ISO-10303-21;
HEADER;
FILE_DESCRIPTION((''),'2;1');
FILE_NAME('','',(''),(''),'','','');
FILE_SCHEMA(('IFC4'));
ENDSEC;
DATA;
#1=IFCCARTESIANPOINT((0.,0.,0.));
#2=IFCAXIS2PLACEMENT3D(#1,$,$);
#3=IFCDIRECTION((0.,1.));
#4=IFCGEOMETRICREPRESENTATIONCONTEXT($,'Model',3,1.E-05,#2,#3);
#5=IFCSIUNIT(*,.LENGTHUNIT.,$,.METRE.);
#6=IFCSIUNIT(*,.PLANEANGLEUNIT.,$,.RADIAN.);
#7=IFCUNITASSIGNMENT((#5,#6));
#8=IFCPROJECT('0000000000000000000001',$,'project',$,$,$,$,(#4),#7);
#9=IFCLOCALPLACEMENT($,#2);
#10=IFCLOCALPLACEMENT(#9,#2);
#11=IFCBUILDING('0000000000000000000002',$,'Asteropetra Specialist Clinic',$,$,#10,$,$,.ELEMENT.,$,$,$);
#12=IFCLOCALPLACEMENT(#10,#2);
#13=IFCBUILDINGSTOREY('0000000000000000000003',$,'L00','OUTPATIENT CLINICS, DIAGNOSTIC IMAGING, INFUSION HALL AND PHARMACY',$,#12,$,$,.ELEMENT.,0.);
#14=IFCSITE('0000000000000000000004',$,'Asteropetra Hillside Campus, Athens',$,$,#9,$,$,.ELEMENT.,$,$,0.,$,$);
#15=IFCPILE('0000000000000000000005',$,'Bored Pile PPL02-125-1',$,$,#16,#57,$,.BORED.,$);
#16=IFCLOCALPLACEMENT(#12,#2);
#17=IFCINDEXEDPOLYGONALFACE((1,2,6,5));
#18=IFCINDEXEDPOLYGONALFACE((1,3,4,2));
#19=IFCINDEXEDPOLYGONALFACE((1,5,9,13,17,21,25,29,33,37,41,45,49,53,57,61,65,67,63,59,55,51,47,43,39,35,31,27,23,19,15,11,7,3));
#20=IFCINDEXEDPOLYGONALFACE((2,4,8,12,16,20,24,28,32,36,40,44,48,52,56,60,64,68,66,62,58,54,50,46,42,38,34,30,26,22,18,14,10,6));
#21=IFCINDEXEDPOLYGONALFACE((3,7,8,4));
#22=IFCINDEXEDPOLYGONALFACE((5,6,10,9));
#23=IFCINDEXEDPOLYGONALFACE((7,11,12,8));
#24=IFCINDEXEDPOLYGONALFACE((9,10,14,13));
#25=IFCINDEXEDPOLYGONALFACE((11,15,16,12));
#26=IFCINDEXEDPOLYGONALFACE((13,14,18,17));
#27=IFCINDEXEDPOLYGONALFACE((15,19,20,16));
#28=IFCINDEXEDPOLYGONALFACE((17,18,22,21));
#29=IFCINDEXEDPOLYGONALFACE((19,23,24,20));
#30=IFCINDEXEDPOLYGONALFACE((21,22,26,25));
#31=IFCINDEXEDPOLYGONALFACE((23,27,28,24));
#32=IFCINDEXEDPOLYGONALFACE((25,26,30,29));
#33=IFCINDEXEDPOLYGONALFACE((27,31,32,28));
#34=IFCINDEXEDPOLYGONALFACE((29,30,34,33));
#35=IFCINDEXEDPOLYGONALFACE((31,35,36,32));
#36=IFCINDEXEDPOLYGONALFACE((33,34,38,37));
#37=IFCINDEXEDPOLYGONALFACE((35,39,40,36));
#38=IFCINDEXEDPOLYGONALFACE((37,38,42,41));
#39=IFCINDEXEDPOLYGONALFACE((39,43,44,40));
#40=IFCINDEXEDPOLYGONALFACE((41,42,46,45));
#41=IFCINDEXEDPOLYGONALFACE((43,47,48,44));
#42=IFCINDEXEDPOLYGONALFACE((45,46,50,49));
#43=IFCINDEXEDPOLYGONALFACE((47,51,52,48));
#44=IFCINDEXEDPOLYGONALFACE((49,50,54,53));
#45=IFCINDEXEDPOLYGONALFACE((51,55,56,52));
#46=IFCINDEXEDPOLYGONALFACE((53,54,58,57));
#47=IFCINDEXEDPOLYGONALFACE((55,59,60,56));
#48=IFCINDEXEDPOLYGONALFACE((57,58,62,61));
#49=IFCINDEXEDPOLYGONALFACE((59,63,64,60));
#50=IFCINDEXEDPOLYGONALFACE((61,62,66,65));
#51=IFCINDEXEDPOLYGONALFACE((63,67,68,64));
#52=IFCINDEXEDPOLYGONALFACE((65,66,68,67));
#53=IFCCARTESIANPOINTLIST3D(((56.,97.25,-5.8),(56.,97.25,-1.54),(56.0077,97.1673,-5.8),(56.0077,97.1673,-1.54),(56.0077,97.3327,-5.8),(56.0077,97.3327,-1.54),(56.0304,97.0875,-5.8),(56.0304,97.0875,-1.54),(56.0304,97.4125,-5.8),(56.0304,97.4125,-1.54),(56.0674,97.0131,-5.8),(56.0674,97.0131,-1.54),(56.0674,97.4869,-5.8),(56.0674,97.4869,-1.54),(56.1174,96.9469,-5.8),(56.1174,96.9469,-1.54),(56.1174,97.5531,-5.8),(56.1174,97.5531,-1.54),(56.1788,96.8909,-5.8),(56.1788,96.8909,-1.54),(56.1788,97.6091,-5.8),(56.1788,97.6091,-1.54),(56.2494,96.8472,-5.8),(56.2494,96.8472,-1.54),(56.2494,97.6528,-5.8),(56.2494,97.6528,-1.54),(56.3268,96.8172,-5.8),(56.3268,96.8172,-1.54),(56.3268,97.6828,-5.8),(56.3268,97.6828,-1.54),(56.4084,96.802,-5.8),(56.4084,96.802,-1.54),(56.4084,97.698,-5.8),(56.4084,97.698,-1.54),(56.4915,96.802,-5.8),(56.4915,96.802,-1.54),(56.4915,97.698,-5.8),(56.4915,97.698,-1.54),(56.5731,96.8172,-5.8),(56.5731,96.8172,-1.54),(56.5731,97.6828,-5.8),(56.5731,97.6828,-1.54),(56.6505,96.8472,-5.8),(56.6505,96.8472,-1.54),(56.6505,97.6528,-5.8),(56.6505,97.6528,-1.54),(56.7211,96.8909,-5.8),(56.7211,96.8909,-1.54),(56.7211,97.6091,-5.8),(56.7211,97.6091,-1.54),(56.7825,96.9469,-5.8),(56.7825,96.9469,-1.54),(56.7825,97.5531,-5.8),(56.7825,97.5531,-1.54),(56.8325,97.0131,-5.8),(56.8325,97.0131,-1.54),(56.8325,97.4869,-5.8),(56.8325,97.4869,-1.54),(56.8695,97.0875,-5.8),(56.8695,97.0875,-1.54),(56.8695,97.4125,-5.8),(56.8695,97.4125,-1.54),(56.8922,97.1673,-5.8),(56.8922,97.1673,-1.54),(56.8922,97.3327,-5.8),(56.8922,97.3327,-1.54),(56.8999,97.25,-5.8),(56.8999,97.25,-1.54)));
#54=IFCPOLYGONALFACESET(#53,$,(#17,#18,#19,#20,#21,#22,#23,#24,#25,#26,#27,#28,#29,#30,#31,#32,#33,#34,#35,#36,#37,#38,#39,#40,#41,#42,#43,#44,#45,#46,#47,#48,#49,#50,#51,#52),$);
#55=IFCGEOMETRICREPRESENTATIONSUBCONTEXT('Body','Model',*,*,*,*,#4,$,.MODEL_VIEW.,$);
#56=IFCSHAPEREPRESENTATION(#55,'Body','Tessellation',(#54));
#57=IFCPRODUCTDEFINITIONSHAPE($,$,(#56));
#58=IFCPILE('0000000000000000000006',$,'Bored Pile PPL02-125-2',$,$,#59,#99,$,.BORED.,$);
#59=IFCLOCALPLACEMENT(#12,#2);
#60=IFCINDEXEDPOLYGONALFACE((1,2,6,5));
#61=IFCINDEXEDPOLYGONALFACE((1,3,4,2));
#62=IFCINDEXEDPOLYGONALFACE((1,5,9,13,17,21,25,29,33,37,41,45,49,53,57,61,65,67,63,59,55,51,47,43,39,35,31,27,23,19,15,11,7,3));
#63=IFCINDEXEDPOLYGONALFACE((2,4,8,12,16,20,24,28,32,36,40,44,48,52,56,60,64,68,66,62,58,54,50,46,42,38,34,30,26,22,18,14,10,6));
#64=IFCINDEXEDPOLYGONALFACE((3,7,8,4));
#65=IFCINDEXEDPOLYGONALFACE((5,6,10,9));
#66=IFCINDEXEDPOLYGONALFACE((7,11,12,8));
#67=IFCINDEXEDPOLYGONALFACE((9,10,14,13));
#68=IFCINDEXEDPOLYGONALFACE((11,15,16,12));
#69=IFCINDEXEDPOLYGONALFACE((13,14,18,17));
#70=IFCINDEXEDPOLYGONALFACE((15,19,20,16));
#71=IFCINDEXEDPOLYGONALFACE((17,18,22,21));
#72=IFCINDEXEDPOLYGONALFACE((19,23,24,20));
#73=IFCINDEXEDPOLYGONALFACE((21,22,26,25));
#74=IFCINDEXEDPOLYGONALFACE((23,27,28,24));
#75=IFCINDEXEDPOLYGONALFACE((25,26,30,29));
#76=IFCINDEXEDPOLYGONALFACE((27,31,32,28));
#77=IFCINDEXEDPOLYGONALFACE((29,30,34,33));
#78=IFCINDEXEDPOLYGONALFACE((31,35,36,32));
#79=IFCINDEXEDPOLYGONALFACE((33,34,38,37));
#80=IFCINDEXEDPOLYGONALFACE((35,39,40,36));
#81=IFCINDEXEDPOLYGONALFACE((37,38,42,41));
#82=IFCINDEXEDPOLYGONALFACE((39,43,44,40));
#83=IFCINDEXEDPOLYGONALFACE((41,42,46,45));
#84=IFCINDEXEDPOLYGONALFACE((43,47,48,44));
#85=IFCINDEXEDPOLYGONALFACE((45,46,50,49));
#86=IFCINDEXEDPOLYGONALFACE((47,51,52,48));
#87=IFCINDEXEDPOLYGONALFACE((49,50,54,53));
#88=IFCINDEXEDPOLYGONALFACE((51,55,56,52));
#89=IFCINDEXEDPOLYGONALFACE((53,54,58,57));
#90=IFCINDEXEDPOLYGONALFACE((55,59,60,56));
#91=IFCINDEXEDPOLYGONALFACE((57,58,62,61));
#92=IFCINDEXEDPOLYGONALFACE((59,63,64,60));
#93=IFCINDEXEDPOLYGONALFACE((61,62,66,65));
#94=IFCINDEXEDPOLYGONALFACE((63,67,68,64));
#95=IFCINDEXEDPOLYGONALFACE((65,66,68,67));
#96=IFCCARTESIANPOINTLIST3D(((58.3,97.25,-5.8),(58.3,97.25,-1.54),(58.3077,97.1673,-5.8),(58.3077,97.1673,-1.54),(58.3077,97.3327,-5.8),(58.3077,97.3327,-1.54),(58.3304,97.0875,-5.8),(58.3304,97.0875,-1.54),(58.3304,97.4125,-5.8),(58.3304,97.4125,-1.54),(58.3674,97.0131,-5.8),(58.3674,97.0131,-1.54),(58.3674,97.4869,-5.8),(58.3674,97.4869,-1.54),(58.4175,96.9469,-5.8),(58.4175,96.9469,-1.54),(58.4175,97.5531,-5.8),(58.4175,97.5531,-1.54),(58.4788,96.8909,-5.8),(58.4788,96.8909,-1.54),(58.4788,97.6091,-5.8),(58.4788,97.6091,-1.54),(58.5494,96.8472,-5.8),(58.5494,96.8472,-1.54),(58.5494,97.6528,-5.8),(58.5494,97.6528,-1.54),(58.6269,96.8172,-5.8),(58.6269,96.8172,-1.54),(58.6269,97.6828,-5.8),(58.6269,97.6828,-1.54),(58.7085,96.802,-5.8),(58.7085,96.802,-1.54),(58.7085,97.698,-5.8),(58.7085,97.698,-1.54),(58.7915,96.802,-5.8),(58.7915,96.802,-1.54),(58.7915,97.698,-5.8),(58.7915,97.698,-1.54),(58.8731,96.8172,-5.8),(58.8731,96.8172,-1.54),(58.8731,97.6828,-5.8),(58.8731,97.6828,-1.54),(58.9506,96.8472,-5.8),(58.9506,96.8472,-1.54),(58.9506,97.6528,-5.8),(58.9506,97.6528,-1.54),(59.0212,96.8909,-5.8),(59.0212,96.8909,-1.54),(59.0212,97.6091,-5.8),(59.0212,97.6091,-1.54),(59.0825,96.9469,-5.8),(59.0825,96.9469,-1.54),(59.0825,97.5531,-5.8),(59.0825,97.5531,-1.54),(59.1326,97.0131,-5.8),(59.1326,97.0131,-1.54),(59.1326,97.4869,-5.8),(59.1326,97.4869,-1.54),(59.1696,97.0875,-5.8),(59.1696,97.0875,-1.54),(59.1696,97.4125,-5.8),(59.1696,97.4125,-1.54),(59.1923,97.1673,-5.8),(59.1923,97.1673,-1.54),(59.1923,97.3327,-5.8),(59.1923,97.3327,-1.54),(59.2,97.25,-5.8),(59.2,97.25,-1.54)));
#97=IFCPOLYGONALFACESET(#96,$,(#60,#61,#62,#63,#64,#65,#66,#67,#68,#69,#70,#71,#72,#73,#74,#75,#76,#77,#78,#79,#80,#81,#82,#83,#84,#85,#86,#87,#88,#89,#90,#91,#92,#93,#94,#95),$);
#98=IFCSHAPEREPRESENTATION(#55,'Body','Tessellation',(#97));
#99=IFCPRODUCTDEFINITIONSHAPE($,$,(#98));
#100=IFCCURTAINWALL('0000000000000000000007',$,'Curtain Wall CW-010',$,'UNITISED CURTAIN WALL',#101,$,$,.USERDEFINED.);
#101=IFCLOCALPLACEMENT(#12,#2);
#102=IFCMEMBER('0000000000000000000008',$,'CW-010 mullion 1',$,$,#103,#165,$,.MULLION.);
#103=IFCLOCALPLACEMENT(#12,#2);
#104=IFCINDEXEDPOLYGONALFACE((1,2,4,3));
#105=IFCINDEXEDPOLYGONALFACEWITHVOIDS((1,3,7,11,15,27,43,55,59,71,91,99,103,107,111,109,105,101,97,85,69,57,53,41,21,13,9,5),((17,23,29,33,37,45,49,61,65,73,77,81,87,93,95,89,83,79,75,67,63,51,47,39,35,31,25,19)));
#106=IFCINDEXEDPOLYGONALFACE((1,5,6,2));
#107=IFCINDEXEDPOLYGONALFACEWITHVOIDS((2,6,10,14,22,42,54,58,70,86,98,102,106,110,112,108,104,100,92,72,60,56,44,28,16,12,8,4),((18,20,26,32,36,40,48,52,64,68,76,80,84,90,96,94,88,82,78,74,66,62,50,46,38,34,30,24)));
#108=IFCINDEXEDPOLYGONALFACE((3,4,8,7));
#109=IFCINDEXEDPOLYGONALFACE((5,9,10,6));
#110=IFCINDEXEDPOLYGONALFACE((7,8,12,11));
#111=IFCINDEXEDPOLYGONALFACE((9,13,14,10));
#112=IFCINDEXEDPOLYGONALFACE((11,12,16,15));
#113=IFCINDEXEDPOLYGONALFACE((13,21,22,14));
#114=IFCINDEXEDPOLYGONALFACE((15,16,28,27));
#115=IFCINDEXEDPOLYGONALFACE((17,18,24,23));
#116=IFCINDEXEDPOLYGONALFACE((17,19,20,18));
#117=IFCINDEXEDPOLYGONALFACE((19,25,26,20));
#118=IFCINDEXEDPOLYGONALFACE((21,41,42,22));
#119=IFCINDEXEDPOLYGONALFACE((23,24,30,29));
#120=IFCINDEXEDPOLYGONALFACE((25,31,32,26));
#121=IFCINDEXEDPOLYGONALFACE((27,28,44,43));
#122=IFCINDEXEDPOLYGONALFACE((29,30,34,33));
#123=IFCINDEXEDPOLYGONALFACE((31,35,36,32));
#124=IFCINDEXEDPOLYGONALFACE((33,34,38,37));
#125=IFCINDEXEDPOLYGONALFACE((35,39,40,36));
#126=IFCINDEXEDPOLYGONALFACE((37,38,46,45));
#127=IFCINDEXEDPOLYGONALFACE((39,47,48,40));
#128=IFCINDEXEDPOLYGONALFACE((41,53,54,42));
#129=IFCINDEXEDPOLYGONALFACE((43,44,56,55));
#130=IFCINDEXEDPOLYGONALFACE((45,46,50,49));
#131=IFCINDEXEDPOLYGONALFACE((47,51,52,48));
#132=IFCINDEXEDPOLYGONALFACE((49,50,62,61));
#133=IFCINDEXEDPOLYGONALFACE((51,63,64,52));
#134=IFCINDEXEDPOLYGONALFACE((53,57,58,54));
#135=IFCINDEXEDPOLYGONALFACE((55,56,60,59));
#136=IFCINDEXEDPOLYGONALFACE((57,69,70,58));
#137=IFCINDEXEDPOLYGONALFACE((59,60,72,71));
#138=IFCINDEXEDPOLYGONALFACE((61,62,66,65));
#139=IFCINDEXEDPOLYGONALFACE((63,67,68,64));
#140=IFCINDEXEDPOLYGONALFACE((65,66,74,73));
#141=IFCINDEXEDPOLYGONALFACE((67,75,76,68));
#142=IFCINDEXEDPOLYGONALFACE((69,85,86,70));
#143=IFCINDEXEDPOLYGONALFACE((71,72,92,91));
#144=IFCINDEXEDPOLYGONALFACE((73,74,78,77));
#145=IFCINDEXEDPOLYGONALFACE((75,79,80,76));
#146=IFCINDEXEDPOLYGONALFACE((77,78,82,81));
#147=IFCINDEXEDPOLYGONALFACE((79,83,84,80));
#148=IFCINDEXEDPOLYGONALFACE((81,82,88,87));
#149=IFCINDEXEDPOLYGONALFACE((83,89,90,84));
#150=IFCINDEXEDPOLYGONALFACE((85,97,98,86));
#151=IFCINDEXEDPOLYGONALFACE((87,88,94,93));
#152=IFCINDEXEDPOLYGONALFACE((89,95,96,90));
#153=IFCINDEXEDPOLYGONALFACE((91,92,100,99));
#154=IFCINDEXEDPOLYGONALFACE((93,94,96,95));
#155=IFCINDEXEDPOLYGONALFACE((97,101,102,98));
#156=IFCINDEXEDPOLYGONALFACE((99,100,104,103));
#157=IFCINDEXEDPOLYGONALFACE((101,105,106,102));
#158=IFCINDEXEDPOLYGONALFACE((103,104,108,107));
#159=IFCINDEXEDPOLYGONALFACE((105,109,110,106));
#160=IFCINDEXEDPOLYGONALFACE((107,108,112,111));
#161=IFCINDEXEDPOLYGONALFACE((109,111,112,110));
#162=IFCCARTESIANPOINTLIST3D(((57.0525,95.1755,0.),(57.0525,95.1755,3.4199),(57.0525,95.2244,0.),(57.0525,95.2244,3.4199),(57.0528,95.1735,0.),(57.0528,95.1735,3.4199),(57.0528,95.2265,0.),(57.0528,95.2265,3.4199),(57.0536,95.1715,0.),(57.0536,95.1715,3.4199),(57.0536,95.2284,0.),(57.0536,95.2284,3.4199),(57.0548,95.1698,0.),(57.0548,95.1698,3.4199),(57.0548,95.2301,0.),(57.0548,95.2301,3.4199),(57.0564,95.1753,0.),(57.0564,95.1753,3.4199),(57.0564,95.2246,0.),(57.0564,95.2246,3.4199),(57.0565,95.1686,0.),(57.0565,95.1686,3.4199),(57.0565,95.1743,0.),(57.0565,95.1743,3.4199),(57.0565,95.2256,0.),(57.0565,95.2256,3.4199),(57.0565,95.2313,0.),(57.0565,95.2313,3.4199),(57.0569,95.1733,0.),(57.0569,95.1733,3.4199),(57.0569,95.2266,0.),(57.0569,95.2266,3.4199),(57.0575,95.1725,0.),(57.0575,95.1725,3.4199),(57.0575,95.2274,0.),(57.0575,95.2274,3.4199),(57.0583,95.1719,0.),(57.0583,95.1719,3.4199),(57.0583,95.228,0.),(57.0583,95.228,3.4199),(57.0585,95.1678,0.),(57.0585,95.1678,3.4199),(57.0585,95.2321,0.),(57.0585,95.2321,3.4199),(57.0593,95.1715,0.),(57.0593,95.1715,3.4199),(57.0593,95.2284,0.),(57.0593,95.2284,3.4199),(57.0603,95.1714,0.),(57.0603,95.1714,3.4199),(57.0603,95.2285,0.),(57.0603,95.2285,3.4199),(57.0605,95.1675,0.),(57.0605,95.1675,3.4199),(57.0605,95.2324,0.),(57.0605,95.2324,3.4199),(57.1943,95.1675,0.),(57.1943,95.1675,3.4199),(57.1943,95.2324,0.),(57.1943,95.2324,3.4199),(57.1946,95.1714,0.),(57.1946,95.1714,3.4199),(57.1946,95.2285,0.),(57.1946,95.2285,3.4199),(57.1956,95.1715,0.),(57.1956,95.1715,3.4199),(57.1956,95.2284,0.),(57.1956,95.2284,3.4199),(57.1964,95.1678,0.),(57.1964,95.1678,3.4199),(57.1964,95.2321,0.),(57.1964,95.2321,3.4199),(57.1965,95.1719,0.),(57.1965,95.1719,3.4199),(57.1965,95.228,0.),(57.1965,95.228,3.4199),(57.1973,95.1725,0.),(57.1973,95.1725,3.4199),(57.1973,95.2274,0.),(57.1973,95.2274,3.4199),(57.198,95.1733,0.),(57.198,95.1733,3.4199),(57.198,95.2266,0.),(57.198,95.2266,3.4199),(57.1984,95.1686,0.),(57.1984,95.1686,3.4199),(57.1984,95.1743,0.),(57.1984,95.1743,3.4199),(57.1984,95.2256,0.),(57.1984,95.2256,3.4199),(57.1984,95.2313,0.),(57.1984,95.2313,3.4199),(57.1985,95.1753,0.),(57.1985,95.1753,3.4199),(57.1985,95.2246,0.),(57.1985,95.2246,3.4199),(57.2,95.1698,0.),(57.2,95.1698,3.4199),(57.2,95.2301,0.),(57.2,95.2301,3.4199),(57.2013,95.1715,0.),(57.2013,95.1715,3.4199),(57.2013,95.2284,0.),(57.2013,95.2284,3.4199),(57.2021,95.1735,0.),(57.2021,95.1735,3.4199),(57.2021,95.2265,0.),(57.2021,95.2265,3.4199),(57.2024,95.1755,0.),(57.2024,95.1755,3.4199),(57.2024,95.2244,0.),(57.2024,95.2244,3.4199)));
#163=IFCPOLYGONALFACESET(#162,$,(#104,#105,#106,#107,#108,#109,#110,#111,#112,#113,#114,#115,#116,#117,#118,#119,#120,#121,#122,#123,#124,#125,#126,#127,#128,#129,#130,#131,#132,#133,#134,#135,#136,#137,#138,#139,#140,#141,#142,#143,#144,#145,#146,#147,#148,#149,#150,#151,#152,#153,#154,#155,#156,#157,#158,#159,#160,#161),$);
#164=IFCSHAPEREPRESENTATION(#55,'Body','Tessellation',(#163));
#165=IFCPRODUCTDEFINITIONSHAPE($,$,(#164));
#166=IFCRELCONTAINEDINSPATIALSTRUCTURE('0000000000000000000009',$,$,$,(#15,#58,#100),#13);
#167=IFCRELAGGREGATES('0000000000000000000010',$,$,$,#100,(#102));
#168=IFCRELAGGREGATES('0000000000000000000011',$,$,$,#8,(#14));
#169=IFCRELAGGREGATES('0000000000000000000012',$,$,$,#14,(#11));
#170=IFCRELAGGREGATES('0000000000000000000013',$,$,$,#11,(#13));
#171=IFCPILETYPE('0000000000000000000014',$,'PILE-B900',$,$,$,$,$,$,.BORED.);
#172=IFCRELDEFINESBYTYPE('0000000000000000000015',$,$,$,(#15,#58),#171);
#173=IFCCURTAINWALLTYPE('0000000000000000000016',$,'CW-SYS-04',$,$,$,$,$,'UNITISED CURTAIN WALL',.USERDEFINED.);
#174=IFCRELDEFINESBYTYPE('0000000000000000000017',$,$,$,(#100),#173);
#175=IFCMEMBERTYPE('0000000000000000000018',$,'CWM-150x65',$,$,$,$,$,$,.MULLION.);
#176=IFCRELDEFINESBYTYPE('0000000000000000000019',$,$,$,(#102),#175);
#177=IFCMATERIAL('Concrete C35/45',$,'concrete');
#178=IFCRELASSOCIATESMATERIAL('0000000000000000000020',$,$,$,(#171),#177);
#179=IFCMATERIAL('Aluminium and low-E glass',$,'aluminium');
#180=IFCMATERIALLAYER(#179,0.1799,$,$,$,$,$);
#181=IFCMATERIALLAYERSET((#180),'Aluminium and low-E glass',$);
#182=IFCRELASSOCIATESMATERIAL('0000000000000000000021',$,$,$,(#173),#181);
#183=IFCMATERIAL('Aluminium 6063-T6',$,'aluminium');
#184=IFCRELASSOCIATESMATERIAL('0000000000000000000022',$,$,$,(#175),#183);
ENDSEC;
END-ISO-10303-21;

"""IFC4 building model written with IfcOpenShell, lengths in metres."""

from ifc_helpers import new_model, si_unit, direction, frame, origin, origin_2d, place, context, subcontext, project, spatial, hollow_rectangle, circle, extrude, material, layer, layer_set, material_profile, profile_set, type_object, element, aggregate, save


model = new_model("IFC4")

# Units and contexts
model_context = context("Model", 3, precision=1e-05, world=origin(), true_north=direction((0.0, 1.0)))
body_context = subcontext(model_context, "Body", "Model", "MODEL_VIEW")
ifc_project = project(units=[si_unit("LENGTHUNIT", "METRE"), si_unit("PLANEANGLEUNIT", "RADIAN")], contexts=[model_context])

# Site, building, storey
site_placement = place(None, origin())
site = spatial("IfcSite", under=ifc_project, at=site_placement, Name="Asteropetra Hillside Campus, Athens", CompositionType="ELEMENT", RefElevation=0.0)
building_placement = place(site_placement, origin())
building = spatial("IfcBuilding", under=site, at=building_placement, Name="Asteropetra Specialist Clinic", CompositionType="ELEMENT")
storey_placement = place(building_placement, origin())
storey = spatial("IfcBuildingStorey", under=building, at=storey_placement, Name="L00", Description="OUTPATIENT CLINICS, DIAGNOSTIC IMAGING, INFUSION HALL AND PHARMACY", CompositionType="ELEMENT", Elevation=0.0)

# Piles
ifc_material_1 = material(Name="Concrete C35/45", Category="concrete")
ifc_material_profile_1 = material_profile(ifc_material_1, circle(Radius=0.45, at=origin_2d()), Name="PILE D900")
ifc_profile_set_1 = profile_set([ifc_material_profile_1], Name="Concrete C35/45")
pile_type = type_object("IfcPileType", Name="PILE-B900", PredefinedType="BORED", material=ifc_profile_set_1)
for number, where, z_axis, x_axis, name in (
    (1, (56.45, 97.25, -1.54), (0.0, 0.0, -1.0), (1.0, 0.0, 0.0), "Bored Pile PPL02-125-1"),
    (2, (58.75, 97.25, -1.54), (0.0, 0.0, -1.0), (1.0, 0.0, 0.0), "Bored Pile PPL02-125-2"),
):
    element("IfcPile", number, at=place(storey_placement, frame(where, z_axis=z_axis, x_axis=x_axis)), inside=storey, type_object=pile_type, Name=name, PredefinedType="BORED", context=body_context, shape_type="SweptSolid", body=[
        extrude(circle(Radius=0.45, at=origin_2d()), origin(), (0.0, 0.0, 1.0), 4.26),
    ])

# Curtain wall, member
ifc_material_2 = material(Name="Aluminium and low-E glass", Category="aluminium")
ifc_layer_1 = layer(ifc_material_2, 0.1799)
ifc_layer_set_1 = layer_set([ifc_layer_1], Name="Aluminium and low-E glass")
curtain_wall_type_1 = type_object("IfcCurtainWallType", Name="CW-SYS-04", ElementType="UNITISED CURTAIN WALL", PredefinedType="USERDEFINED", material=ifc_layer_set_1)
curtain_wall_1_placement = place(storey_placement, origin())
curtain_wall_1 = element("IfcCurtainWall", 3, at=curtain_wall_1_placement, inside=storey, type_object=curtain_wall_type_1, Name="Curtain Wall CW-010", ObjectType="UNITISED CURTAIN WALL", PredefinedType="USERDEFINED")
ifc_material_3 = material(Name="Aluminium 6063-T6", Category="aluminium")
ifc_material_profile_2 = material_profile(ifc_material_3, hollow_rectangle(XDim=0.0649, YDim=0.1499, WallThickness=0.0039, InnerFilletRadius=0.0039, OuterFilletRadius=0.0081, at=origin_2d()), Name="MUL 150x65x4.0")
ifc_profile_set_2 = profile_set([ifc_material_profile_2], Name="Aluminium 6063-T6")
member_type_1 = type_object("IfcMemberType", Name="CWM-150x65", PredefinedType="MULLION", material=ifc_profile_set_2)
member_1_placement = place(storey_placement, frame((57.1274, 95.2, 0.0), z_axis=(0.0, 0.0, 1.0), x_axis=(0.0, -1.0, 0.0)))
member_1 = element("IfcMember", 4, at=member_1_placement, type_object=member_type_1, Name="CW-010 mullion 1", PredefinedType="MULLION", context=body_context, shape_type="SweptSolid", body=[
    extrude(hollow_rectangle(XDim=0.0649, YDim=0.1499, WallThickness=0.0039, InnerFilletRadius=0.0039, OuterFilletRadius=0.0081, at=origin_2d()), origin(), (0.0, 0.0, 1.0), 3.4199),
])

aggregate(curtain_wall_1, [member_1])

save(model, "model.ifc")
